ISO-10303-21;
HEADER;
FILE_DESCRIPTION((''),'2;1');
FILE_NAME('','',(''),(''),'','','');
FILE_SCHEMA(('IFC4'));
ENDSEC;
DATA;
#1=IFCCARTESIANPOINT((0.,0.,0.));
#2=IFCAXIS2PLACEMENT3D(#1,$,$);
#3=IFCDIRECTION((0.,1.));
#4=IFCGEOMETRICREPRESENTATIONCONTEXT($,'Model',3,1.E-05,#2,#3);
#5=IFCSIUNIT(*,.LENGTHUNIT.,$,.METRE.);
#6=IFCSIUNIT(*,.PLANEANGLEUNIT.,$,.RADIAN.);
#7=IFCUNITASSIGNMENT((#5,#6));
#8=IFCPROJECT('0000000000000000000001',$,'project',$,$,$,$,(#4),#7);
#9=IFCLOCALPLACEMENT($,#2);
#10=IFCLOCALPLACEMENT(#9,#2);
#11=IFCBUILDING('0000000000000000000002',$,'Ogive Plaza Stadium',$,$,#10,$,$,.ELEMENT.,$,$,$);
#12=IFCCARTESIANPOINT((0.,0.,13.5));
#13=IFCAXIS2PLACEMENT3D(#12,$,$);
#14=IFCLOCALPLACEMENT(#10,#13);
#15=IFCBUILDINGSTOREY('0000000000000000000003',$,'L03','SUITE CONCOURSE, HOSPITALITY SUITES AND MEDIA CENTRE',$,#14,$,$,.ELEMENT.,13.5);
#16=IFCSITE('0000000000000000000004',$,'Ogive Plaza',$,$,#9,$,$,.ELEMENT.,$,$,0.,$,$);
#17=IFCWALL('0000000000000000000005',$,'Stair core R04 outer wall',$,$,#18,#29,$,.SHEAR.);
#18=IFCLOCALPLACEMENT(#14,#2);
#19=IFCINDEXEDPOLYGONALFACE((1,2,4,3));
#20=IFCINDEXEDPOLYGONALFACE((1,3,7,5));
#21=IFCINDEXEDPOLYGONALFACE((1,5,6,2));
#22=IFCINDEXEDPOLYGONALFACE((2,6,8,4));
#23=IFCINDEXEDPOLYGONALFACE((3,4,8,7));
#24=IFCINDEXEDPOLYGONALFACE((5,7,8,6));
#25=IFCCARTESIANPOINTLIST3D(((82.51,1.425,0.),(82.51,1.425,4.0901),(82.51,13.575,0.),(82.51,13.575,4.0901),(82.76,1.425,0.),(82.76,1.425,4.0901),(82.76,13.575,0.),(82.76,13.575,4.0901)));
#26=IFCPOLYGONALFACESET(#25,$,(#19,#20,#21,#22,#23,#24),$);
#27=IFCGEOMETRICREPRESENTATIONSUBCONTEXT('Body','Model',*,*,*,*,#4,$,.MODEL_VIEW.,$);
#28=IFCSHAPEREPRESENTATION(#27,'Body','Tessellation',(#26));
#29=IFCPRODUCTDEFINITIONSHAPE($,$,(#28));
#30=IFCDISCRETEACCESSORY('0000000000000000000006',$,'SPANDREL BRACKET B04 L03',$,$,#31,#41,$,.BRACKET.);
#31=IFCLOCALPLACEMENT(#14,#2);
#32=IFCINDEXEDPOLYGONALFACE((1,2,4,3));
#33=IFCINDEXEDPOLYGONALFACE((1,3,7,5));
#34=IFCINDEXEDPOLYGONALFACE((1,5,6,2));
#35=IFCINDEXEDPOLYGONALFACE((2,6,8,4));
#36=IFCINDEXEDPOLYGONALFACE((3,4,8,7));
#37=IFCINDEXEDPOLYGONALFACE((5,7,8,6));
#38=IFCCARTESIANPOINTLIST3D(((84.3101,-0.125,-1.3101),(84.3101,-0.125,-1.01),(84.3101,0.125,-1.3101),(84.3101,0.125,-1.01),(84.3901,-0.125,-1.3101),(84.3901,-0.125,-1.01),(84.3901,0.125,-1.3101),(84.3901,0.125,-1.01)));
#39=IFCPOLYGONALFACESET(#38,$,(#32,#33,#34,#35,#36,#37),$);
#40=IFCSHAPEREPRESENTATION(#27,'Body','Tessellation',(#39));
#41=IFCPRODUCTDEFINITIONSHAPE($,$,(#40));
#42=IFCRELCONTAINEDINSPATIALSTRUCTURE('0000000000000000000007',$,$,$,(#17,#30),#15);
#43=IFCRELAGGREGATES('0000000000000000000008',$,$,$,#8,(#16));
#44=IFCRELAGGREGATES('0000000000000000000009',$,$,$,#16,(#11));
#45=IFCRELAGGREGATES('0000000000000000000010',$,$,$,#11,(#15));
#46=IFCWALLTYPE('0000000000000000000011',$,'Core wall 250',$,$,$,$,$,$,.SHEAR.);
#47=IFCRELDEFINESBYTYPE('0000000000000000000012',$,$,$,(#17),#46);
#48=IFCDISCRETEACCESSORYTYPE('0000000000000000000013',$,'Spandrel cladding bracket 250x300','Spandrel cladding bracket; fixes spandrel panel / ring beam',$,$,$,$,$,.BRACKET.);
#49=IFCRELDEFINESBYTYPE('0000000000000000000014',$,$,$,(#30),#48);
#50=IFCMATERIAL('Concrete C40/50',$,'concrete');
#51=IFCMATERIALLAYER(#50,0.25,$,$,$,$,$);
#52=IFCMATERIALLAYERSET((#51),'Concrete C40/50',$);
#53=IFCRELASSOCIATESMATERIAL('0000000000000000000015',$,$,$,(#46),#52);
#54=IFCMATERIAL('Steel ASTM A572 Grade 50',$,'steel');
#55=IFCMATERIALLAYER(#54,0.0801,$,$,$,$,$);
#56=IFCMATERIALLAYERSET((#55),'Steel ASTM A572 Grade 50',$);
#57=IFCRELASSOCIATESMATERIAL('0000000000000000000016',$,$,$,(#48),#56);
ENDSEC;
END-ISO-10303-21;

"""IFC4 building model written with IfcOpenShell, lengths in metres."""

from ifc_helpers import new_model, si_unit, direction, frame, frame_2d, origin, origin_2d, place, context, subcontext, project, spatial, rectangle, extrude, material, layer, layer_set, type_object, element, save


model = new_model("IFC4")

# Units and contexts
model_context = context("Model", 3, precision=1e-05, world=origin(), true_north=direction((0.0, 1.0)))
body_context = subcontext(model_context, "Body", "Model", "MODEL_VIEW")
ifc_project = project(units=[si_unit("LENGTHUNIT", "METRE"), si_unit("PLANEANGLEUNIT", "RADIAN")], contexts=[model_context])

# Site, building, storey
site_placement = place(None, origin())
site = spatial("IfcSite", under=ifc_project, at=site_placement, Name="Ogive Plaza", CompositionType="ELEMENT", RefElevation=0.0)
building_placement = place(site_placement, origin())
building = spatial("IfcBuilding", under=site, at=building_placement, Name="Ogive Plaza Stadium", CompositionType="ELEMENT")
storey_placement = place(building_placement, frame((0.0, 0.0, 13.5)))
storey = spatial("IfcBuildingStorey", under=building, at=storey_placement, Name="L03", Description="SUITE CONCOURSE, HOSPITALITY SUITES AND MEDIA CENTRE", CompositionType="ELEMENT", Elevation=13.5)

# Wall
ifc_material_1 = material(Name="Concrete C40/50", Category="concrete")
ifc_layer_1 = layer(ifc_material_1, 0.25)
ifc_layer_set_1 = layer_set([ifc_layer_1], Name="Concrete C40/50")
wall_type = type_object("IfcWallType", Name="Core wall 250", PredefinedType="SHEAR", material=ifc_layer_set_1)
wall_placement = place(storey_placement, frame((82.635, 1.425, 0.0), z_axis=(0.0, 0.0, 1.0), x_axis=(0.0, 1.0, 0.0)))
element("IfcWall", 1, at=wall_placement, inside=storey, type_object=wall_type, Name="Stair core R04 outer wall", PredefinedType="SHEAR", context=body_context, shape_type="SweptSolid", body=[
    extrude(rectangle(XDim=12.1499, YDim=0.25, at=frame_2d((6.075, 0.0))), origin(), (0.0, 0.0, 1.0), 4.0901),
])

# Discrete accessory
ifc_material_2 = material(Name="Steel ASTM A572 Grade 50", Category="steel")
ifc_layer_2 = layer(ifc_material_2, 0.0801)
ifc_layer_set_2 = layer_set([ifc_layer_2], Name="Steel ASTM A572 Grade 50")
discrete_accessory_type = type_object("IfcDiscreteAccessoryType", Name="Spandrel cladding bracket 250x300", Description="Spandrel cladding bracket; fixes spandrel panel / ring beam", PredefinedType="BRACKET", material=ifc_layer_set_2)
discrete_accessory_placement = place(storey_placement, frame((84.3501, 0.0, -1.3101), z_axis=(0.0, 0.0, 1.0), x_axis=(0.0, -1.0, 0.0)))
element("IfcDiscreteAccessory", 2, at=discrete_accessory_placement, inside=storey, type_object=discrete_accessory_type, Name="SPANDREL BRACKET B04 L03", PredefinedType="BRACKET", context=body_context, shape_type="SweptSolid", body=[
    extrude(rectangle(XDim=0.25, YDim=0.0801, at=origin_2d()), origin(), (0.0, 0.0, 1.0), 0.3),
])

save(model, "model.ifc")
